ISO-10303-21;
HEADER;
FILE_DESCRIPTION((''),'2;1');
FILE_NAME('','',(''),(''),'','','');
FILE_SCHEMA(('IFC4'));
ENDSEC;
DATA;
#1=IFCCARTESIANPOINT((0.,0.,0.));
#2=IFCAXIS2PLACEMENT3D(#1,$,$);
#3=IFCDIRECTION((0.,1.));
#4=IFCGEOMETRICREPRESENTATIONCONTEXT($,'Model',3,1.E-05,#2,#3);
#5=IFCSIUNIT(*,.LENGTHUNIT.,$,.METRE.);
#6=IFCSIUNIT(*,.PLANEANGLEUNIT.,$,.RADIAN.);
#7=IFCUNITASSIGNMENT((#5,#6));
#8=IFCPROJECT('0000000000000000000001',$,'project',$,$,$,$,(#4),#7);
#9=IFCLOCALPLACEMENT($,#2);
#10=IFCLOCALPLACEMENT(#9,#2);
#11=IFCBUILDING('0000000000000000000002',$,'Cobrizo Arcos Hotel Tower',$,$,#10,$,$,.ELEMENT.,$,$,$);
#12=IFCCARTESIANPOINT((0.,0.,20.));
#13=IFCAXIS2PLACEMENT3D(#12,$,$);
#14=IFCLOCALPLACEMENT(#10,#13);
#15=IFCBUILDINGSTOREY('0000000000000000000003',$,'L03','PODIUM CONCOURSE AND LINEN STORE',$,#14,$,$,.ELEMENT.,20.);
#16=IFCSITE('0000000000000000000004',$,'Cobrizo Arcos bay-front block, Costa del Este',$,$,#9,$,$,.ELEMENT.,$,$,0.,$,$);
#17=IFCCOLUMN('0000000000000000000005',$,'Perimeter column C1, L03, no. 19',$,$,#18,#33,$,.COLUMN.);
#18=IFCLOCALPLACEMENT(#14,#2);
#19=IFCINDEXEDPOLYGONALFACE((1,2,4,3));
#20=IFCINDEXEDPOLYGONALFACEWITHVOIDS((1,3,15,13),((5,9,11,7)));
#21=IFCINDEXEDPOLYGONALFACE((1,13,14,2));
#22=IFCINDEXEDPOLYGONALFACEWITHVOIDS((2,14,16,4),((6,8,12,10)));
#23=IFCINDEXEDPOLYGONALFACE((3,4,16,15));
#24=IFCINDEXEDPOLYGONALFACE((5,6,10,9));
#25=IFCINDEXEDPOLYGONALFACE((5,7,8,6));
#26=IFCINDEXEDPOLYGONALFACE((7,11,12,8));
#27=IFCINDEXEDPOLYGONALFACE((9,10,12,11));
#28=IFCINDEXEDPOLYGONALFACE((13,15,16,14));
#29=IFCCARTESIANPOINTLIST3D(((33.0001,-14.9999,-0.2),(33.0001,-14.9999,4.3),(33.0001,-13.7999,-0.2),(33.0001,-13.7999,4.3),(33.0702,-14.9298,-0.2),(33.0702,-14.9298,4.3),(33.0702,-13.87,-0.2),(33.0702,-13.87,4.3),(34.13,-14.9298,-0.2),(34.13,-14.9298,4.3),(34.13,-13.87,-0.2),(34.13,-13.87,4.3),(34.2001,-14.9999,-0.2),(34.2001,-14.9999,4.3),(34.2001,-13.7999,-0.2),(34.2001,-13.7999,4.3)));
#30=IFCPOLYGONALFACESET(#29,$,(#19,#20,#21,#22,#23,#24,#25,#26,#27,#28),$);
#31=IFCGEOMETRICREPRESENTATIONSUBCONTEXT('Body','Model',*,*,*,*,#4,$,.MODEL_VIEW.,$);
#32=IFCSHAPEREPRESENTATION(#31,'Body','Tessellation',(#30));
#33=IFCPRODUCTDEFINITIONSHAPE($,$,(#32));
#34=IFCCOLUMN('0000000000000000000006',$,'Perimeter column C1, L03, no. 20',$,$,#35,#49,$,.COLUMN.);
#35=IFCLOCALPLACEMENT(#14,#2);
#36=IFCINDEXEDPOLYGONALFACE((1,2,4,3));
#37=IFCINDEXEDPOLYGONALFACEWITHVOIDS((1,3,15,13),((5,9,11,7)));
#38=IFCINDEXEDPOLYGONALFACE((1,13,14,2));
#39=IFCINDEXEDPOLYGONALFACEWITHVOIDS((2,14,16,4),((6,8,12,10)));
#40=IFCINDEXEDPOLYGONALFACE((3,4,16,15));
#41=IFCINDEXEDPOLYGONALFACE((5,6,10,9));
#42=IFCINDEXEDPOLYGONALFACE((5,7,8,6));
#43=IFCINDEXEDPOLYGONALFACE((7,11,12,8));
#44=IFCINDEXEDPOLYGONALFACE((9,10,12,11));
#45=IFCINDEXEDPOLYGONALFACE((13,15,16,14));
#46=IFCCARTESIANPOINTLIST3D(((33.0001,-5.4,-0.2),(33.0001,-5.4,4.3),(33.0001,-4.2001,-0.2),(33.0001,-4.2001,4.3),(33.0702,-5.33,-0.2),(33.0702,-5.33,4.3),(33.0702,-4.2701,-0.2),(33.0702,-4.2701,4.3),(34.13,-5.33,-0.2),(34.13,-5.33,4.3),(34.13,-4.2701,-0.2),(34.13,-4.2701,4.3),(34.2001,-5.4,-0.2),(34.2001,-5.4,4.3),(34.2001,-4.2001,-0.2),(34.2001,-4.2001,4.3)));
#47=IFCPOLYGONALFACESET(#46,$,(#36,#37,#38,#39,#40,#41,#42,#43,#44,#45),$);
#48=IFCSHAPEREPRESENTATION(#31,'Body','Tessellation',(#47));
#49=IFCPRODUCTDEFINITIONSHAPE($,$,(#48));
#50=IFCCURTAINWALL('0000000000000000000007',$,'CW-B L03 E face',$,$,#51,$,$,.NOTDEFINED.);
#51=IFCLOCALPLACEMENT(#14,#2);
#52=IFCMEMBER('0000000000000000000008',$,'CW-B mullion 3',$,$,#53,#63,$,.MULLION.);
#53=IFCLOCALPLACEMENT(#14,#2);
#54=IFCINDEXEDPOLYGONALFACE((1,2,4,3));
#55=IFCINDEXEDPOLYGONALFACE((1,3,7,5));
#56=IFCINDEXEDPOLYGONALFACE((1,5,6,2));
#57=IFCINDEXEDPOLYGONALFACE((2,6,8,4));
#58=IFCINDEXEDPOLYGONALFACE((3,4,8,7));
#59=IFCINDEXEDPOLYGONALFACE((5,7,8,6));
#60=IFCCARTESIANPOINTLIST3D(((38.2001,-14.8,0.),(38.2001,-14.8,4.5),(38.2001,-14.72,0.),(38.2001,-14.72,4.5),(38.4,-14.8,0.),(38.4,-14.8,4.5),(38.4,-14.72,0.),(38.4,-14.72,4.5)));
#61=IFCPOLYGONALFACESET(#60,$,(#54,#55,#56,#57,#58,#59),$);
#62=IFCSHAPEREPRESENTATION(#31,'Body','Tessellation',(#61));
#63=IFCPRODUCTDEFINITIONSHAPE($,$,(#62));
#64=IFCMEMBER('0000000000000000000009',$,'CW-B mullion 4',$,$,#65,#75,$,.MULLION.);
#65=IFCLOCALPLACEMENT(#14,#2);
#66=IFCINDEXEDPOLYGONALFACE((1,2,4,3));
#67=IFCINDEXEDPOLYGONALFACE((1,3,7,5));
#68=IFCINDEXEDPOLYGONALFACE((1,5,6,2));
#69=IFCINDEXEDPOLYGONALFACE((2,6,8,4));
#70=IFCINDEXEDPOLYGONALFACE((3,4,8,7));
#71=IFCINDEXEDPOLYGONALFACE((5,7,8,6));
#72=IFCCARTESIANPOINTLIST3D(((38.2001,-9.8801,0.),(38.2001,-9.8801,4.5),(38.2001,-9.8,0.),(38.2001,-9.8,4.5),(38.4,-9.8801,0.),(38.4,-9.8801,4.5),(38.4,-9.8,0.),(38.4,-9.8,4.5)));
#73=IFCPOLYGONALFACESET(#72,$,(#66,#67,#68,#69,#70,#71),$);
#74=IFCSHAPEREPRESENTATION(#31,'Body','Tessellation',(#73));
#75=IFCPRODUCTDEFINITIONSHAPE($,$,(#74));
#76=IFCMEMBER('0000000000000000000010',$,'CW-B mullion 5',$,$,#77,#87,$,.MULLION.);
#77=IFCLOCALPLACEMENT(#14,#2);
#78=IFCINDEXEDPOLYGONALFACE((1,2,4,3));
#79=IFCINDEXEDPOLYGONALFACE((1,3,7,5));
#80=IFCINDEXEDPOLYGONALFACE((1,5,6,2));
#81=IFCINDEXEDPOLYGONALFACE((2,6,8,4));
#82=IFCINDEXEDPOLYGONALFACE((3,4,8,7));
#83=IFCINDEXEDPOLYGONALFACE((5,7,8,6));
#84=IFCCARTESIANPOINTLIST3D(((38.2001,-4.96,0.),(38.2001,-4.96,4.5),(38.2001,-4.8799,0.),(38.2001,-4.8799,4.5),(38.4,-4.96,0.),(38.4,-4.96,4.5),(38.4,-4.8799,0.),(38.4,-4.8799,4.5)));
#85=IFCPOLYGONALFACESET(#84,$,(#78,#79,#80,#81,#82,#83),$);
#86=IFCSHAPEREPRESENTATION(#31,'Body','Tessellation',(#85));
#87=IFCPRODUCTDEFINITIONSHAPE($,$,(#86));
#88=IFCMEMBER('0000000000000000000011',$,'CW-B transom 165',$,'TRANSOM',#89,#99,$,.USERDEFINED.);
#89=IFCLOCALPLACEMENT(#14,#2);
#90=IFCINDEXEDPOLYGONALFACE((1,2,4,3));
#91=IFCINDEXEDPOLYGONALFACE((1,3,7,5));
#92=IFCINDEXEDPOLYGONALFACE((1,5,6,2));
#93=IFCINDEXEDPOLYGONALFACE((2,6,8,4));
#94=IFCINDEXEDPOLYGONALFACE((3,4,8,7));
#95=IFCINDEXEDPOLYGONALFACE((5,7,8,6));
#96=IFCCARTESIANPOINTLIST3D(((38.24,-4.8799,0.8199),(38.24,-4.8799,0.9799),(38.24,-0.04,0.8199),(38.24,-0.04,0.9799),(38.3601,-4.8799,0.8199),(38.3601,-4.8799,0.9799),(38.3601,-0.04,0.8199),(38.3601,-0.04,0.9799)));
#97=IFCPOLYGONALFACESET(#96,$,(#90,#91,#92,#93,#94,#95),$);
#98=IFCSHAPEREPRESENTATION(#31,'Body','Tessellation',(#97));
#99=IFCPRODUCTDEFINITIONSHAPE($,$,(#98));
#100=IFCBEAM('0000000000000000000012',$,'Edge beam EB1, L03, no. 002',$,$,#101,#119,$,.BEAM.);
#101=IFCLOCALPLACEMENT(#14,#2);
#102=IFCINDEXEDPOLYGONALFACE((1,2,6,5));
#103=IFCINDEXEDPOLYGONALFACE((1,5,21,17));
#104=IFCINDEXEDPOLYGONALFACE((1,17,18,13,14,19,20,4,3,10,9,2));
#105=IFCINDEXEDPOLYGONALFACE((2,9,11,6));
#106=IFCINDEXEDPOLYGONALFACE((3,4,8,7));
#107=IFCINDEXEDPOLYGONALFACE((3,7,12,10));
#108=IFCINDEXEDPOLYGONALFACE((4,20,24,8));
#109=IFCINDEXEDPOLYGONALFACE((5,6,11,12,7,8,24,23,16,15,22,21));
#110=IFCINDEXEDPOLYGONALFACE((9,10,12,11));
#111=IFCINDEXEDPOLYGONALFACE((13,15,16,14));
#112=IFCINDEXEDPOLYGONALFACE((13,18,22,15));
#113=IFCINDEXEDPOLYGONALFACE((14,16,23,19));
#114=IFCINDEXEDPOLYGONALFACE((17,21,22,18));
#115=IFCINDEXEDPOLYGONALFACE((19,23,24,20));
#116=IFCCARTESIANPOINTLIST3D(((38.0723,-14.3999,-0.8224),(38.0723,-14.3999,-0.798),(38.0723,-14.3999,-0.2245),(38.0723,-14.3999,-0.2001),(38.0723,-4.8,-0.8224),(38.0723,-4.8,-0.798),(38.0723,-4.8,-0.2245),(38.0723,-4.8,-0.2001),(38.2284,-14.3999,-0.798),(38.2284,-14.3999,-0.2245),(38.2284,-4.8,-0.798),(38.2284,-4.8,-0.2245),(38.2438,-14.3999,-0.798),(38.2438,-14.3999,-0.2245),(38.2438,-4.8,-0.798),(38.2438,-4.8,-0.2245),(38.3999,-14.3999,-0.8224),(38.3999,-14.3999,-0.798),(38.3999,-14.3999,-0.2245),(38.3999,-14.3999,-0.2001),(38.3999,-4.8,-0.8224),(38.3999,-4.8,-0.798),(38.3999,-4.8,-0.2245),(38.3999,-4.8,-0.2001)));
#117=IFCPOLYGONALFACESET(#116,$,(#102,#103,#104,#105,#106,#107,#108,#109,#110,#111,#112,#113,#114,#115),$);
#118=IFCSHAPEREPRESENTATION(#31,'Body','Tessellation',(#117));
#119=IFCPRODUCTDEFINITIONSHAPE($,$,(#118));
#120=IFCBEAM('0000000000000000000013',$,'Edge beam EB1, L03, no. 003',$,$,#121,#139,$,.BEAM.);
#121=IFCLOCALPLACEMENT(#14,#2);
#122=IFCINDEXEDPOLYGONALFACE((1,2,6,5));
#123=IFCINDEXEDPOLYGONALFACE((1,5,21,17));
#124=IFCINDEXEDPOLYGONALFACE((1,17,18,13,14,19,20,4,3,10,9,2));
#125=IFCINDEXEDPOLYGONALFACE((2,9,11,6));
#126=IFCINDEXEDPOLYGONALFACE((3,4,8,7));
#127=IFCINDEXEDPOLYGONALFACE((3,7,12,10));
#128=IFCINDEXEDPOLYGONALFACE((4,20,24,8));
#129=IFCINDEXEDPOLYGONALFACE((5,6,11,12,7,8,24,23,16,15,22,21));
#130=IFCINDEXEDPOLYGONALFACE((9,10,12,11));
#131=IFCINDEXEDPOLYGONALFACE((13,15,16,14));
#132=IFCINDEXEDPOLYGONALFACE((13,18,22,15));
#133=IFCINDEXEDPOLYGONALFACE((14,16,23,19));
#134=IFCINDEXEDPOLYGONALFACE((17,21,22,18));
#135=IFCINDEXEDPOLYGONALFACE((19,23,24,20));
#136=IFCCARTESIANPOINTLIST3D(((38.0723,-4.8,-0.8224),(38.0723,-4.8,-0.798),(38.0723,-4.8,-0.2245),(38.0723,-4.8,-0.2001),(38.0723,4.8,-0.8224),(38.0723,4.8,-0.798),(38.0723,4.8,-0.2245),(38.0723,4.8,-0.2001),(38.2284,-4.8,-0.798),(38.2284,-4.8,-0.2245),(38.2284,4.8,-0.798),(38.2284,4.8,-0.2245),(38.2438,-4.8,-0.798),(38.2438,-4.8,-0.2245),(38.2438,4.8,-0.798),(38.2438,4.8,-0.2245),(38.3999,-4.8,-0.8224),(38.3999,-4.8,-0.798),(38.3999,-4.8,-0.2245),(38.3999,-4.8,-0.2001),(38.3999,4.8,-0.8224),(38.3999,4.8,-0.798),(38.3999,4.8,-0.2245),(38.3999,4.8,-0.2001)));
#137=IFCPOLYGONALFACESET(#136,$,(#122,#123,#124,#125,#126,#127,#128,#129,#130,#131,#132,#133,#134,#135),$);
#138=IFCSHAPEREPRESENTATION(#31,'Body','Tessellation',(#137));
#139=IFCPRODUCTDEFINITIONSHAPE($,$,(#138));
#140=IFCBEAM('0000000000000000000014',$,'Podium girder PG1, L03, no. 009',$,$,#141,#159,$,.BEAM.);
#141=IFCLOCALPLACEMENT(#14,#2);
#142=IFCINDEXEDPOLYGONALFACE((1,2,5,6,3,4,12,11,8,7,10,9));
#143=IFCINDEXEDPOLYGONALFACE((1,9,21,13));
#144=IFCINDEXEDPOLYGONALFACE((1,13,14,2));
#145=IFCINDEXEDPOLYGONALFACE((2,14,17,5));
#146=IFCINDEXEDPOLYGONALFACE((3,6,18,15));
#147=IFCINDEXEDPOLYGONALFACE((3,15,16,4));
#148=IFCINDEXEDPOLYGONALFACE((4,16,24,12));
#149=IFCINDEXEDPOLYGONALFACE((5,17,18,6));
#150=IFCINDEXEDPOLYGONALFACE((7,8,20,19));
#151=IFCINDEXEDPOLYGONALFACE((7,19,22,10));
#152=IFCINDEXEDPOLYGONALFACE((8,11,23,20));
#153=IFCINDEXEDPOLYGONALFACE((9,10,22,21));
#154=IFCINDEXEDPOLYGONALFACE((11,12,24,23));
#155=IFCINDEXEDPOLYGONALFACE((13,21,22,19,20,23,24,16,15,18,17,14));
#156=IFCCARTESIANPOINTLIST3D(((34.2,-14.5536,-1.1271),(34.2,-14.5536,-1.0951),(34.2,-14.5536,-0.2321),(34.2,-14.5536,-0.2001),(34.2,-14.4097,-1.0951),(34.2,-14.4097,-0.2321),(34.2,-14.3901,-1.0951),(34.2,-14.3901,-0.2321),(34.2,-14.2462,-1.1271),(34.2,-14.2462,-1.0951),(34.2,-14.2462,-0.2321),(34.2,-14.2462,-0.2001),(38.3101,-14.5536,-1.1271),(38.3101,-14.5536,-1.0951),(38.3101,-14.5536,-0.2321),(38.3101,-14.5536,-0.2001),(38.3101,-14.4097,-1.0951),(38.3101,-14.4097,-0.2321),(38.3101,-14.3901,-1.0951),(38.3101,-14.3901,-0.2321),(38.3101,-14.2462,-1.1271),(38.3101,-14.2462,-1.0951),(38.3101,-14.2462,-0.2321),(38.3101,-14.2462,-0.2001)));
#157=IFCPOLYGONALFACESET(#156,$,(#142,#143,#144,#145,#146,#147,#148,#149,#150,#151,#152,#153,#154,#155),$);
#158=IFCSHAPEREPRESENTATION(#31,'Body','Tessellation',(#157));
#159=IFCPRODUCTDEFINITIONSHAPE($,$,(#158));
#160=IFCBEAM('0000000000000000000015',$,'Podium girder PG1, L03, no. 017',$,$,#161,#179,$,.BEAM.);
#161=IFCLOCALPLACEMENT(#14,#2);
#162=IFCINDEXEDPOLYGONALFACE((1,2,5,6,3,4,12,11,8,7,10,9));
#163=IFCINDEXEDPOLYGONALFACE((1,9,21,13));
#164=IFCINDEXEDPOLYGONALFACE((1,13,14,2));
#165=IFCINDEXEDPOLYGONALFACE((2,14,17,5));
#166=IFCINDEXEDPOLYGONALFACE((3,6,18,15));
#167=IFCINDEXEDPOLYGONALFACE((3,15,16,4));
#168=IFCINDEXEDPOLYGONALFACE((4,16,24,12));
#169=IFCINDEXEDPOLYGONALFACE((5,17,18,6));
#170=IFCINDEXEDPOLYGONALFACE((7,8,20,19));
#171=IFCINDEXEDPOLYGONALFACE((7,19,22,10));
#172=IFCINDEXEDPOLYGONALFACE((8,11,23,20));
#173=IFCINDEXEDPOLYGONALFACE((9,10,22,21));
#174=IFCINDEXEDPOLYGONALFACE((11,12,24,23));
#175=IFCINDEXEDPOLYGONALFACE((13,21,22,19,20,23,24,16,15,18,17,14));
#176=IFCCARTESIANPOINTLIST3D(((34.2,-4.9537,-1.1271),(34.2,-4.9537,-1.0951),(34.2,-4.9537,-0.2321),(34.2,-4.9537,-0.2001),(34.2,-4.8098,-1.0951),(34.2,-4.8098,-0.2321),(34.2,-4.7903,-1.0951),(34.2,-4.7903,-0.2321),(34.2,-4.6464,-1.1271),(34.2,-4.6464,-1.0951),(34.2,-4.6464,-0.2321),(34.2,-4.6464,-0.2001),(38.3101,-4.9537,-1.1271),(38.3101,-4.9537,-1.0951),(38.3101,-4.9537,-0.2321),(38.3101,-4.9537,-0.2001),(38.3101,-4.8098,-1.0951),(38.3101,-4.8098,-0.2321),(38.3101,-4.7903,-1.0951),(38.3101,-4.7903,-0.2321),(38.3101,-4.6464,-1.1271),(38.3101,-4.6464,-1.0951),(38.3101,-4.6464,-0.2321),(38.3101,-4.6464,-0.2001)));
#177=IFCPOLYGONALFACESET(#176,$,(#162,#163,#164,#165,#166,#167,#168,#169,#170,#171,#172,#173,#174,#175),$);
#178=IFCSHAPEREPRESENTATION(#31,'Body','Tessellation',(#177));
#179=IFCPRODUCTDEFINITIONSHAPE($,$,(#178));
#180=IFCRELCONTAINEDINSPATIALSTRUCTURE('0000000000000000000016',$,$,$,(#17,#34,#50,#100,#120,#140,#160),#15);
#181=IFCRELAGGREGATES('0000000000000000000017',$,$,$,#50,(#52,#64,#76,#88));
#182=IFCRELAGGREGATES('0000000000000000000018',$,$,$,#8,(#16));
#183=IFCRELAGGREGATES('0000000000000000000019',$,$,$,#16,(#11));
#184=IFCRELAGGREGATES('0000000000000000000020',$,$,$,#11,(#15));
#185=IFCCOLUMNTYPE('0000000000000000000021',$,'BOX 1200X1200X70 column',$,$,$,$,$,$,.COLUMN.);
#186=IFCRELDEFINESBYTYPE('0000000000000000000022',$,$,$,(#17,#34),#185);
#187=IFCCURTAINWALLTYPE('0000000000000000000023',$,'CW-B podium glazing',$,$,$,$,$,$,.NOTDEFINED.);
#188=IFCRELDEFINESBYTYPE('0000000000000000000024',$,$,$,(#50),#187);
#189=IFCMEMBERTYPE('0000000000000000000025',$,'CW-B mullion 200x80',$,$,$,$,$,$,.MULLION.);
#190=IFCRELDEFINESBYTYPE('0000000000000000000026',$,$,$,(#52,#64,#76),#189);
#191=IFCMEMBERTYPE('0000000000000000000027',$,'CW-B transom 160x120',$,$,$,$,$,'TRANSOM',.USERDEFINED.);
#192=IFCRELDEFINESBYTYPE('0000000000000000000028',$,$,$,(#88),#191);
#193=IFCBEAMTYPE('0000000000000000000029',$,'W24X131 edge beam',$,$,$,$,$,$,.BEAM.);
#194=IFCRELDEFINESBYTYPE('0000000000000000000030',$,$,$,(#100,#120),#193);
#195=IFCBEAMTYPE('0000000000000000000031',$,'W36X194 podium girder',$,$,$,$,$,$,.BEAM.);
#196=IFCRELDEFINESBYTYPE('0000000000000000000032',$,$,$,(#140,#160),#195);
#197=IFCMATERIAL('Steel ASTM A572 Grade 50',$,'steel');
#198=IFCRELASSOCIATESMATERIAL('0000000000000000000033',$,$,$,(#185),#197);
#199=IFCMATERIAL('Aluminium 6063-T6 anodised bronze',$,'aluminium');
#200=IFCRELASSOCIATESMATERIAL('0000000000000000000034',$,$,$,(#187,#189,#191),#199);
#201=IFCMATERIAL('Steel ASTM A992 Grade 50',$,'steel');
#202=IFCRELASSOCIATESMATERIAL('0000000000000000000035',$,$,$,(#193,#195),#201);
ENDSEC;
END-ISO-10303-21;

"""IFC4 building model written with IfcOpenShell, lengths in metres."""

from ifc_helpers import new_model, si_unit, direction, frame, origin, origin_2d, place, context, subcontext, project, spatial, rectangle, hollow_rectangle, i_section, extrude, material, material_profile, profile_set, type_object, element, aggregate, save


model = new_model("IFC4")

# Units and contexts
model_context = context("Model", 3, precision=1e-05, world=origin(), true_north=direction((0.0, 1.0)))
body_context = subcontext(model_context, "Body", "Model", "MODEL_VIEW")
ifc_project = project(units=[si_unit("LENGTHUNIT", "METRE"), si_unit("PLANEANGLEUNIT", "RADIAN")], contexts=[model_context])

# Site, building, storey
site_placement = place(None, origin())
site = spatial("IfcSite", under=ifc_project, at=site_placement, Name="Cobrizo Arcos bay-front block, Costa del Este", CompositionType="ELEMENT", RefElevation=0.0)
building_placement = place(site_placement, origin())
building = spatial("IfcBuilding", under=site, at=building_placement, Name="Cobrizo Arcos Hotel Tower", CompositionType="ELEMENT")
storey_placement = place(building_placement, frame((0.0, 0.0, 20.0)))
storey = spatial("IfcBuildingStorey", under=building, at=storey_placement, Name="L03", Description="PODIUM CONCOURSE AND LINEN STORE", CompositionType="ELEMENT", Elevation=20.0)

# Columns
ifc_material_1 = material(Name="Steel ASTM A572 Grade 50", Category="steel")
ifc_material_profile_1 = material_profile(ifc_material_1, hollow_rectangle(XDim=1.2, YDim=1.2, WallThickness=0.0701, at=origin_2d()), Name="BOX 1200X1200X70")
ifc_profile_set_1 = profile_set([ifc_material_profile_1], Name="Steel ASTM A572 Grade 50")
column_type = type_object("IfcColumnType", Name="BOX 1200X1200X70 column", PredefinedType="COLUMN", material=ifc_profile_set_1)
for number, where, z_axis, x_axis, name in (
    (1, (33.6001, -14.3999, -0.2), (0.0, 0.0, 1.0), (1.0, 0.0, 0.0), "Perimeter column C1, L03, no. 19"),
    (2, (33.6001, -4.8, -0.2), (0.0, 0.0, 1.0), (1.0, 0.0, 0.0), "Perimeter column C1, L03, no. 20"),
):
    element("IfcColumn", number, at=place(storey_placement, frame(where, z_axis=z_axis, x_axis=x_axis)), inside=storey, type_object=column_type, Name=name, PredefinedType="COLUMN", context=body_context, shape_type="SweptSolid", body=[
        extrude(hollow_rectangle(XDim=1.2, YDim=1.2, WallThickness=0.0701, at=origin_2d()), origin(), (0.0, 0.0, 1.0), 4.5),
    ])

# Curtain wall, members
ifc_material_2 = material(Name="Aluminium 6063-T6 anodised bronze", Category="aluminium")
curtain_wall_type = type_object("IfcCurtainWallType", Name="CW-B podium glazing", PredefinedType="NOTDEFINED", material=ifc_material_2)
curtain_wall_placement = place(storey_placement, origin())
curtain_wall = element("IfcCurtainWall", 3, at=curtain_wall_placement, inside=storey, type_object=curtain_wall_type, Name="CW-B L03 E face", PredefinedType="NOTDEFINED")
ifc_material_profile_2 = material_profile(ifc_material_2, rectangle(XDim=0.2, YDim=0.0801, at=origin_2d()), Name="CW-B mullion 200x80")
ifc_profile_set_2 = profile_set([ifc_material_profile_2], Name="Aluminium 6063-T6 anodised bronze")
member_type_1 = type_object("IfcMemberType", Name="CW-B mullion 200x80", PredefinedType="MULLION", material=ifc_profile_set_2)
member_1_placement = place(storey_placement, frame((38.3, -14.76, 0.0), z_axis=(0.0, 0.0, 1.0), x_axis=(1.0, 0.0, 0.0)))
member_1 = element("IfcMember", 4, at=member_1_placement, type_object=member_type_1, Name="CW-B mullion 3", PredefinedType="MULLION", context=body_context, shape_type="SweptSolid", body=[
    extrude(rectangle(XDim=0.2, YDim=0.0801, at=origin_2d()), origin(), (0.0, 0.0, 1.0), 4.5),
])
member_2_placement = place(storey_placement, frame((38.3, -9.8401, 0.0), z_axis=(0.0, 0.0, 1.0), x_axis=(1.0, 0.0, 0.0)))
member_2 = element("IfcMember", 5, at=member_2_placement, type_object=member_type_1, Name="CW-B mullion 4", PredefinedType="MULLION", context=body_context, shape_type="SweptSolid", body=[
    extrude(rectangle(XDim=0.2, YDim=0.0801, at=origin_2d()), origin(), (0.0, 0.0, 1.0), 4.5),
])
member_3_placement = place(storey_placement, frame((38.3, -4.9199, 0.0), z_axis=(0.0, 0.0, 1.0), x_axis=(1.0, 0.0, 0.0)))
member_3 = element("IfcMember", 6, at=member_3_placement, type_object=member_type_1, Name="CW-B mullion 5", PredefinedType="MULLION", context=body_context, shape_type="SweptSolid", body=[
    extrude(rectangle(XDim=0.2, YDim=0.0801, at=origin_2d()), origin(), (0.0, 0.0, 1.0), 4.5),
])
ifc_material_profile_3 = material_profile(ifc_material_2, rectangle(XDim=0.1201, YDim=0.1599, at=origin_2d()), Name="CW-B transom 160x120")
ifc_profile_set_3 = profile_set([ifc_material_profile_3], Name="Aluminium 6063-T6 anodised bronze")
member_type_2 = type_object("IfcMemberType", Name="CW-B transom 160x120", ElementType="TRANSOM", PredefinedType="USERDEFINED", material=ifc_profile_set_3)
member_4_placement = place(storey_placement, frame((38.3, -4.8799, 0.8999), z_axis=(0.0, 1.0, 0.0), x_axis=(-1.0, 0.0, 0.0)))
member_4 = element("IfcMember", 7, at=member_4_placement, type_object=member_type_2, Name="CW-B transom 165", ObjectType="TRANSOM", PredefinedType="USERDEFINED", context=body_context, shape_type="SweptSolid", body=[
    extrude(rectangle(XDim=0.1201, YDim=0.1599, at=origin_2d()), origin(), (0.0, 0.0, 1.0), 4.8398),
])

# Beams
ifc_material_3 = material(Name="Steel ASTM A992 Grade 50", Category="steel")
ifc_material_profile_4 = material_profile(ifc_material_3, i_section(OverallWidth=0.3276, OverallDepth=0.6223, WebThickness=0.0154, FlangeThickness=0.0244, at=origin_2d()), Name="W24X131")
ifc_profile_set_4 = profile_set([ifc_material_profile_4], Name="Steel ASTM A992 Grade 50")
beam_type_1 = type_object("IfcBeamType", Name="W24X131 edge beam", PredefinedType="BEAM", material=ifc_profile_set_4)
beam_1_placement = place(storey_placement, frame((38.2361, -14.3999, -0.5112), z_axis=(0.0, 1.0, 0.0), x_axis=(-1.0, 0.0, 0.0)))
element("IfcBeam", 8, at=beam_1_placement, inside=storey, type_object=beam_type_1, Name="Edge beam EB1, L03, no. 002", PredefinedType="BEAM", context=body_context, shape_type="SweptSolid", body=[
    extrude(i_section(OverallWidth=0.3276, OverallDepth=0.6223, WebThickness=0.0154, FlangeThickness=0.0244, at=origin_2d()), origin(), (0.0, 0.0, 1.0), 9.5999),
])
beam_2_placement = place(storey_placement, frame((38.2361, -4.8, -0.5112), z_axis=(0.0, 1.0, 0.0), x_axis=(-1.0, 0.0, 0.0)))
element("IfcBeam", 9, at=beam_2_placement, inside=storey, type_object=beam_type_1, Name="Edge beam EB1, L03, no. 003", PredefinedType="BEAM", context=body_context, shape_type="SweptSolid", body=[
    extrude(i_section(OverallWidth=0.3276, OverallDepth=0.6223, WebThickness=0.0154, FlangeThickness=0.0244, at=origin_2d()), origin(), (0.0, 0.0, 1.0), 9.6001),
])
ifc_material_profile_5 = material_profile(ifc_material_3, i_section(OverallWidth=0.3074, OverallDepth=0.927, WebThickness=0.0195, FlangeThickness=0.032, at=origin_2d()), Name="W36X194")
ifc_profile_set_5 = profile_set([ifc_material_profile_5], Name="Steel ASTM A992 Grade 50")
beam_type_2 = type_object("IfcBeamType", Name="W36X194 podium girder", PredefinedType="BEAM", material=ifc_profile_set_5)
for number, where, z_axis, x_axis, name in (
    (10, (34.2, -14.3999, -0.6636), (1.0, 0.0, 0.0), (0.0, 1.0, 0.0), "Podium girder PG1, L03, no. 009"),
    (11, (34.2, -4.8, -0.6636), (1.0, 0.0, 0.0), (0.0, 1.0, 0.0), "Podium girder PG1, L03, no. 017"),
):
    element("IfcBeam", number, at=place(storey_placement, frame(where, z_axis=z_axis, x_axis=x_axis)), inside=storey, type_object=beam_type_2, Name=name, PredefinedType="BEAM", context=body_context, shape_type="SweptSolid", body=[
        extrude(i_section(OverallWidth=0.3074, OverallDepth=0.927, WebThickness=0.0195, FlangeThickness=0.032, at=origin_2d()), origin(), (0.0, 0.0, 1.0), 4.1101),
    ])

aggregate(curtain_wall, [member_1, member_2, member_3, member_4])

save(model, "model.ifc")
